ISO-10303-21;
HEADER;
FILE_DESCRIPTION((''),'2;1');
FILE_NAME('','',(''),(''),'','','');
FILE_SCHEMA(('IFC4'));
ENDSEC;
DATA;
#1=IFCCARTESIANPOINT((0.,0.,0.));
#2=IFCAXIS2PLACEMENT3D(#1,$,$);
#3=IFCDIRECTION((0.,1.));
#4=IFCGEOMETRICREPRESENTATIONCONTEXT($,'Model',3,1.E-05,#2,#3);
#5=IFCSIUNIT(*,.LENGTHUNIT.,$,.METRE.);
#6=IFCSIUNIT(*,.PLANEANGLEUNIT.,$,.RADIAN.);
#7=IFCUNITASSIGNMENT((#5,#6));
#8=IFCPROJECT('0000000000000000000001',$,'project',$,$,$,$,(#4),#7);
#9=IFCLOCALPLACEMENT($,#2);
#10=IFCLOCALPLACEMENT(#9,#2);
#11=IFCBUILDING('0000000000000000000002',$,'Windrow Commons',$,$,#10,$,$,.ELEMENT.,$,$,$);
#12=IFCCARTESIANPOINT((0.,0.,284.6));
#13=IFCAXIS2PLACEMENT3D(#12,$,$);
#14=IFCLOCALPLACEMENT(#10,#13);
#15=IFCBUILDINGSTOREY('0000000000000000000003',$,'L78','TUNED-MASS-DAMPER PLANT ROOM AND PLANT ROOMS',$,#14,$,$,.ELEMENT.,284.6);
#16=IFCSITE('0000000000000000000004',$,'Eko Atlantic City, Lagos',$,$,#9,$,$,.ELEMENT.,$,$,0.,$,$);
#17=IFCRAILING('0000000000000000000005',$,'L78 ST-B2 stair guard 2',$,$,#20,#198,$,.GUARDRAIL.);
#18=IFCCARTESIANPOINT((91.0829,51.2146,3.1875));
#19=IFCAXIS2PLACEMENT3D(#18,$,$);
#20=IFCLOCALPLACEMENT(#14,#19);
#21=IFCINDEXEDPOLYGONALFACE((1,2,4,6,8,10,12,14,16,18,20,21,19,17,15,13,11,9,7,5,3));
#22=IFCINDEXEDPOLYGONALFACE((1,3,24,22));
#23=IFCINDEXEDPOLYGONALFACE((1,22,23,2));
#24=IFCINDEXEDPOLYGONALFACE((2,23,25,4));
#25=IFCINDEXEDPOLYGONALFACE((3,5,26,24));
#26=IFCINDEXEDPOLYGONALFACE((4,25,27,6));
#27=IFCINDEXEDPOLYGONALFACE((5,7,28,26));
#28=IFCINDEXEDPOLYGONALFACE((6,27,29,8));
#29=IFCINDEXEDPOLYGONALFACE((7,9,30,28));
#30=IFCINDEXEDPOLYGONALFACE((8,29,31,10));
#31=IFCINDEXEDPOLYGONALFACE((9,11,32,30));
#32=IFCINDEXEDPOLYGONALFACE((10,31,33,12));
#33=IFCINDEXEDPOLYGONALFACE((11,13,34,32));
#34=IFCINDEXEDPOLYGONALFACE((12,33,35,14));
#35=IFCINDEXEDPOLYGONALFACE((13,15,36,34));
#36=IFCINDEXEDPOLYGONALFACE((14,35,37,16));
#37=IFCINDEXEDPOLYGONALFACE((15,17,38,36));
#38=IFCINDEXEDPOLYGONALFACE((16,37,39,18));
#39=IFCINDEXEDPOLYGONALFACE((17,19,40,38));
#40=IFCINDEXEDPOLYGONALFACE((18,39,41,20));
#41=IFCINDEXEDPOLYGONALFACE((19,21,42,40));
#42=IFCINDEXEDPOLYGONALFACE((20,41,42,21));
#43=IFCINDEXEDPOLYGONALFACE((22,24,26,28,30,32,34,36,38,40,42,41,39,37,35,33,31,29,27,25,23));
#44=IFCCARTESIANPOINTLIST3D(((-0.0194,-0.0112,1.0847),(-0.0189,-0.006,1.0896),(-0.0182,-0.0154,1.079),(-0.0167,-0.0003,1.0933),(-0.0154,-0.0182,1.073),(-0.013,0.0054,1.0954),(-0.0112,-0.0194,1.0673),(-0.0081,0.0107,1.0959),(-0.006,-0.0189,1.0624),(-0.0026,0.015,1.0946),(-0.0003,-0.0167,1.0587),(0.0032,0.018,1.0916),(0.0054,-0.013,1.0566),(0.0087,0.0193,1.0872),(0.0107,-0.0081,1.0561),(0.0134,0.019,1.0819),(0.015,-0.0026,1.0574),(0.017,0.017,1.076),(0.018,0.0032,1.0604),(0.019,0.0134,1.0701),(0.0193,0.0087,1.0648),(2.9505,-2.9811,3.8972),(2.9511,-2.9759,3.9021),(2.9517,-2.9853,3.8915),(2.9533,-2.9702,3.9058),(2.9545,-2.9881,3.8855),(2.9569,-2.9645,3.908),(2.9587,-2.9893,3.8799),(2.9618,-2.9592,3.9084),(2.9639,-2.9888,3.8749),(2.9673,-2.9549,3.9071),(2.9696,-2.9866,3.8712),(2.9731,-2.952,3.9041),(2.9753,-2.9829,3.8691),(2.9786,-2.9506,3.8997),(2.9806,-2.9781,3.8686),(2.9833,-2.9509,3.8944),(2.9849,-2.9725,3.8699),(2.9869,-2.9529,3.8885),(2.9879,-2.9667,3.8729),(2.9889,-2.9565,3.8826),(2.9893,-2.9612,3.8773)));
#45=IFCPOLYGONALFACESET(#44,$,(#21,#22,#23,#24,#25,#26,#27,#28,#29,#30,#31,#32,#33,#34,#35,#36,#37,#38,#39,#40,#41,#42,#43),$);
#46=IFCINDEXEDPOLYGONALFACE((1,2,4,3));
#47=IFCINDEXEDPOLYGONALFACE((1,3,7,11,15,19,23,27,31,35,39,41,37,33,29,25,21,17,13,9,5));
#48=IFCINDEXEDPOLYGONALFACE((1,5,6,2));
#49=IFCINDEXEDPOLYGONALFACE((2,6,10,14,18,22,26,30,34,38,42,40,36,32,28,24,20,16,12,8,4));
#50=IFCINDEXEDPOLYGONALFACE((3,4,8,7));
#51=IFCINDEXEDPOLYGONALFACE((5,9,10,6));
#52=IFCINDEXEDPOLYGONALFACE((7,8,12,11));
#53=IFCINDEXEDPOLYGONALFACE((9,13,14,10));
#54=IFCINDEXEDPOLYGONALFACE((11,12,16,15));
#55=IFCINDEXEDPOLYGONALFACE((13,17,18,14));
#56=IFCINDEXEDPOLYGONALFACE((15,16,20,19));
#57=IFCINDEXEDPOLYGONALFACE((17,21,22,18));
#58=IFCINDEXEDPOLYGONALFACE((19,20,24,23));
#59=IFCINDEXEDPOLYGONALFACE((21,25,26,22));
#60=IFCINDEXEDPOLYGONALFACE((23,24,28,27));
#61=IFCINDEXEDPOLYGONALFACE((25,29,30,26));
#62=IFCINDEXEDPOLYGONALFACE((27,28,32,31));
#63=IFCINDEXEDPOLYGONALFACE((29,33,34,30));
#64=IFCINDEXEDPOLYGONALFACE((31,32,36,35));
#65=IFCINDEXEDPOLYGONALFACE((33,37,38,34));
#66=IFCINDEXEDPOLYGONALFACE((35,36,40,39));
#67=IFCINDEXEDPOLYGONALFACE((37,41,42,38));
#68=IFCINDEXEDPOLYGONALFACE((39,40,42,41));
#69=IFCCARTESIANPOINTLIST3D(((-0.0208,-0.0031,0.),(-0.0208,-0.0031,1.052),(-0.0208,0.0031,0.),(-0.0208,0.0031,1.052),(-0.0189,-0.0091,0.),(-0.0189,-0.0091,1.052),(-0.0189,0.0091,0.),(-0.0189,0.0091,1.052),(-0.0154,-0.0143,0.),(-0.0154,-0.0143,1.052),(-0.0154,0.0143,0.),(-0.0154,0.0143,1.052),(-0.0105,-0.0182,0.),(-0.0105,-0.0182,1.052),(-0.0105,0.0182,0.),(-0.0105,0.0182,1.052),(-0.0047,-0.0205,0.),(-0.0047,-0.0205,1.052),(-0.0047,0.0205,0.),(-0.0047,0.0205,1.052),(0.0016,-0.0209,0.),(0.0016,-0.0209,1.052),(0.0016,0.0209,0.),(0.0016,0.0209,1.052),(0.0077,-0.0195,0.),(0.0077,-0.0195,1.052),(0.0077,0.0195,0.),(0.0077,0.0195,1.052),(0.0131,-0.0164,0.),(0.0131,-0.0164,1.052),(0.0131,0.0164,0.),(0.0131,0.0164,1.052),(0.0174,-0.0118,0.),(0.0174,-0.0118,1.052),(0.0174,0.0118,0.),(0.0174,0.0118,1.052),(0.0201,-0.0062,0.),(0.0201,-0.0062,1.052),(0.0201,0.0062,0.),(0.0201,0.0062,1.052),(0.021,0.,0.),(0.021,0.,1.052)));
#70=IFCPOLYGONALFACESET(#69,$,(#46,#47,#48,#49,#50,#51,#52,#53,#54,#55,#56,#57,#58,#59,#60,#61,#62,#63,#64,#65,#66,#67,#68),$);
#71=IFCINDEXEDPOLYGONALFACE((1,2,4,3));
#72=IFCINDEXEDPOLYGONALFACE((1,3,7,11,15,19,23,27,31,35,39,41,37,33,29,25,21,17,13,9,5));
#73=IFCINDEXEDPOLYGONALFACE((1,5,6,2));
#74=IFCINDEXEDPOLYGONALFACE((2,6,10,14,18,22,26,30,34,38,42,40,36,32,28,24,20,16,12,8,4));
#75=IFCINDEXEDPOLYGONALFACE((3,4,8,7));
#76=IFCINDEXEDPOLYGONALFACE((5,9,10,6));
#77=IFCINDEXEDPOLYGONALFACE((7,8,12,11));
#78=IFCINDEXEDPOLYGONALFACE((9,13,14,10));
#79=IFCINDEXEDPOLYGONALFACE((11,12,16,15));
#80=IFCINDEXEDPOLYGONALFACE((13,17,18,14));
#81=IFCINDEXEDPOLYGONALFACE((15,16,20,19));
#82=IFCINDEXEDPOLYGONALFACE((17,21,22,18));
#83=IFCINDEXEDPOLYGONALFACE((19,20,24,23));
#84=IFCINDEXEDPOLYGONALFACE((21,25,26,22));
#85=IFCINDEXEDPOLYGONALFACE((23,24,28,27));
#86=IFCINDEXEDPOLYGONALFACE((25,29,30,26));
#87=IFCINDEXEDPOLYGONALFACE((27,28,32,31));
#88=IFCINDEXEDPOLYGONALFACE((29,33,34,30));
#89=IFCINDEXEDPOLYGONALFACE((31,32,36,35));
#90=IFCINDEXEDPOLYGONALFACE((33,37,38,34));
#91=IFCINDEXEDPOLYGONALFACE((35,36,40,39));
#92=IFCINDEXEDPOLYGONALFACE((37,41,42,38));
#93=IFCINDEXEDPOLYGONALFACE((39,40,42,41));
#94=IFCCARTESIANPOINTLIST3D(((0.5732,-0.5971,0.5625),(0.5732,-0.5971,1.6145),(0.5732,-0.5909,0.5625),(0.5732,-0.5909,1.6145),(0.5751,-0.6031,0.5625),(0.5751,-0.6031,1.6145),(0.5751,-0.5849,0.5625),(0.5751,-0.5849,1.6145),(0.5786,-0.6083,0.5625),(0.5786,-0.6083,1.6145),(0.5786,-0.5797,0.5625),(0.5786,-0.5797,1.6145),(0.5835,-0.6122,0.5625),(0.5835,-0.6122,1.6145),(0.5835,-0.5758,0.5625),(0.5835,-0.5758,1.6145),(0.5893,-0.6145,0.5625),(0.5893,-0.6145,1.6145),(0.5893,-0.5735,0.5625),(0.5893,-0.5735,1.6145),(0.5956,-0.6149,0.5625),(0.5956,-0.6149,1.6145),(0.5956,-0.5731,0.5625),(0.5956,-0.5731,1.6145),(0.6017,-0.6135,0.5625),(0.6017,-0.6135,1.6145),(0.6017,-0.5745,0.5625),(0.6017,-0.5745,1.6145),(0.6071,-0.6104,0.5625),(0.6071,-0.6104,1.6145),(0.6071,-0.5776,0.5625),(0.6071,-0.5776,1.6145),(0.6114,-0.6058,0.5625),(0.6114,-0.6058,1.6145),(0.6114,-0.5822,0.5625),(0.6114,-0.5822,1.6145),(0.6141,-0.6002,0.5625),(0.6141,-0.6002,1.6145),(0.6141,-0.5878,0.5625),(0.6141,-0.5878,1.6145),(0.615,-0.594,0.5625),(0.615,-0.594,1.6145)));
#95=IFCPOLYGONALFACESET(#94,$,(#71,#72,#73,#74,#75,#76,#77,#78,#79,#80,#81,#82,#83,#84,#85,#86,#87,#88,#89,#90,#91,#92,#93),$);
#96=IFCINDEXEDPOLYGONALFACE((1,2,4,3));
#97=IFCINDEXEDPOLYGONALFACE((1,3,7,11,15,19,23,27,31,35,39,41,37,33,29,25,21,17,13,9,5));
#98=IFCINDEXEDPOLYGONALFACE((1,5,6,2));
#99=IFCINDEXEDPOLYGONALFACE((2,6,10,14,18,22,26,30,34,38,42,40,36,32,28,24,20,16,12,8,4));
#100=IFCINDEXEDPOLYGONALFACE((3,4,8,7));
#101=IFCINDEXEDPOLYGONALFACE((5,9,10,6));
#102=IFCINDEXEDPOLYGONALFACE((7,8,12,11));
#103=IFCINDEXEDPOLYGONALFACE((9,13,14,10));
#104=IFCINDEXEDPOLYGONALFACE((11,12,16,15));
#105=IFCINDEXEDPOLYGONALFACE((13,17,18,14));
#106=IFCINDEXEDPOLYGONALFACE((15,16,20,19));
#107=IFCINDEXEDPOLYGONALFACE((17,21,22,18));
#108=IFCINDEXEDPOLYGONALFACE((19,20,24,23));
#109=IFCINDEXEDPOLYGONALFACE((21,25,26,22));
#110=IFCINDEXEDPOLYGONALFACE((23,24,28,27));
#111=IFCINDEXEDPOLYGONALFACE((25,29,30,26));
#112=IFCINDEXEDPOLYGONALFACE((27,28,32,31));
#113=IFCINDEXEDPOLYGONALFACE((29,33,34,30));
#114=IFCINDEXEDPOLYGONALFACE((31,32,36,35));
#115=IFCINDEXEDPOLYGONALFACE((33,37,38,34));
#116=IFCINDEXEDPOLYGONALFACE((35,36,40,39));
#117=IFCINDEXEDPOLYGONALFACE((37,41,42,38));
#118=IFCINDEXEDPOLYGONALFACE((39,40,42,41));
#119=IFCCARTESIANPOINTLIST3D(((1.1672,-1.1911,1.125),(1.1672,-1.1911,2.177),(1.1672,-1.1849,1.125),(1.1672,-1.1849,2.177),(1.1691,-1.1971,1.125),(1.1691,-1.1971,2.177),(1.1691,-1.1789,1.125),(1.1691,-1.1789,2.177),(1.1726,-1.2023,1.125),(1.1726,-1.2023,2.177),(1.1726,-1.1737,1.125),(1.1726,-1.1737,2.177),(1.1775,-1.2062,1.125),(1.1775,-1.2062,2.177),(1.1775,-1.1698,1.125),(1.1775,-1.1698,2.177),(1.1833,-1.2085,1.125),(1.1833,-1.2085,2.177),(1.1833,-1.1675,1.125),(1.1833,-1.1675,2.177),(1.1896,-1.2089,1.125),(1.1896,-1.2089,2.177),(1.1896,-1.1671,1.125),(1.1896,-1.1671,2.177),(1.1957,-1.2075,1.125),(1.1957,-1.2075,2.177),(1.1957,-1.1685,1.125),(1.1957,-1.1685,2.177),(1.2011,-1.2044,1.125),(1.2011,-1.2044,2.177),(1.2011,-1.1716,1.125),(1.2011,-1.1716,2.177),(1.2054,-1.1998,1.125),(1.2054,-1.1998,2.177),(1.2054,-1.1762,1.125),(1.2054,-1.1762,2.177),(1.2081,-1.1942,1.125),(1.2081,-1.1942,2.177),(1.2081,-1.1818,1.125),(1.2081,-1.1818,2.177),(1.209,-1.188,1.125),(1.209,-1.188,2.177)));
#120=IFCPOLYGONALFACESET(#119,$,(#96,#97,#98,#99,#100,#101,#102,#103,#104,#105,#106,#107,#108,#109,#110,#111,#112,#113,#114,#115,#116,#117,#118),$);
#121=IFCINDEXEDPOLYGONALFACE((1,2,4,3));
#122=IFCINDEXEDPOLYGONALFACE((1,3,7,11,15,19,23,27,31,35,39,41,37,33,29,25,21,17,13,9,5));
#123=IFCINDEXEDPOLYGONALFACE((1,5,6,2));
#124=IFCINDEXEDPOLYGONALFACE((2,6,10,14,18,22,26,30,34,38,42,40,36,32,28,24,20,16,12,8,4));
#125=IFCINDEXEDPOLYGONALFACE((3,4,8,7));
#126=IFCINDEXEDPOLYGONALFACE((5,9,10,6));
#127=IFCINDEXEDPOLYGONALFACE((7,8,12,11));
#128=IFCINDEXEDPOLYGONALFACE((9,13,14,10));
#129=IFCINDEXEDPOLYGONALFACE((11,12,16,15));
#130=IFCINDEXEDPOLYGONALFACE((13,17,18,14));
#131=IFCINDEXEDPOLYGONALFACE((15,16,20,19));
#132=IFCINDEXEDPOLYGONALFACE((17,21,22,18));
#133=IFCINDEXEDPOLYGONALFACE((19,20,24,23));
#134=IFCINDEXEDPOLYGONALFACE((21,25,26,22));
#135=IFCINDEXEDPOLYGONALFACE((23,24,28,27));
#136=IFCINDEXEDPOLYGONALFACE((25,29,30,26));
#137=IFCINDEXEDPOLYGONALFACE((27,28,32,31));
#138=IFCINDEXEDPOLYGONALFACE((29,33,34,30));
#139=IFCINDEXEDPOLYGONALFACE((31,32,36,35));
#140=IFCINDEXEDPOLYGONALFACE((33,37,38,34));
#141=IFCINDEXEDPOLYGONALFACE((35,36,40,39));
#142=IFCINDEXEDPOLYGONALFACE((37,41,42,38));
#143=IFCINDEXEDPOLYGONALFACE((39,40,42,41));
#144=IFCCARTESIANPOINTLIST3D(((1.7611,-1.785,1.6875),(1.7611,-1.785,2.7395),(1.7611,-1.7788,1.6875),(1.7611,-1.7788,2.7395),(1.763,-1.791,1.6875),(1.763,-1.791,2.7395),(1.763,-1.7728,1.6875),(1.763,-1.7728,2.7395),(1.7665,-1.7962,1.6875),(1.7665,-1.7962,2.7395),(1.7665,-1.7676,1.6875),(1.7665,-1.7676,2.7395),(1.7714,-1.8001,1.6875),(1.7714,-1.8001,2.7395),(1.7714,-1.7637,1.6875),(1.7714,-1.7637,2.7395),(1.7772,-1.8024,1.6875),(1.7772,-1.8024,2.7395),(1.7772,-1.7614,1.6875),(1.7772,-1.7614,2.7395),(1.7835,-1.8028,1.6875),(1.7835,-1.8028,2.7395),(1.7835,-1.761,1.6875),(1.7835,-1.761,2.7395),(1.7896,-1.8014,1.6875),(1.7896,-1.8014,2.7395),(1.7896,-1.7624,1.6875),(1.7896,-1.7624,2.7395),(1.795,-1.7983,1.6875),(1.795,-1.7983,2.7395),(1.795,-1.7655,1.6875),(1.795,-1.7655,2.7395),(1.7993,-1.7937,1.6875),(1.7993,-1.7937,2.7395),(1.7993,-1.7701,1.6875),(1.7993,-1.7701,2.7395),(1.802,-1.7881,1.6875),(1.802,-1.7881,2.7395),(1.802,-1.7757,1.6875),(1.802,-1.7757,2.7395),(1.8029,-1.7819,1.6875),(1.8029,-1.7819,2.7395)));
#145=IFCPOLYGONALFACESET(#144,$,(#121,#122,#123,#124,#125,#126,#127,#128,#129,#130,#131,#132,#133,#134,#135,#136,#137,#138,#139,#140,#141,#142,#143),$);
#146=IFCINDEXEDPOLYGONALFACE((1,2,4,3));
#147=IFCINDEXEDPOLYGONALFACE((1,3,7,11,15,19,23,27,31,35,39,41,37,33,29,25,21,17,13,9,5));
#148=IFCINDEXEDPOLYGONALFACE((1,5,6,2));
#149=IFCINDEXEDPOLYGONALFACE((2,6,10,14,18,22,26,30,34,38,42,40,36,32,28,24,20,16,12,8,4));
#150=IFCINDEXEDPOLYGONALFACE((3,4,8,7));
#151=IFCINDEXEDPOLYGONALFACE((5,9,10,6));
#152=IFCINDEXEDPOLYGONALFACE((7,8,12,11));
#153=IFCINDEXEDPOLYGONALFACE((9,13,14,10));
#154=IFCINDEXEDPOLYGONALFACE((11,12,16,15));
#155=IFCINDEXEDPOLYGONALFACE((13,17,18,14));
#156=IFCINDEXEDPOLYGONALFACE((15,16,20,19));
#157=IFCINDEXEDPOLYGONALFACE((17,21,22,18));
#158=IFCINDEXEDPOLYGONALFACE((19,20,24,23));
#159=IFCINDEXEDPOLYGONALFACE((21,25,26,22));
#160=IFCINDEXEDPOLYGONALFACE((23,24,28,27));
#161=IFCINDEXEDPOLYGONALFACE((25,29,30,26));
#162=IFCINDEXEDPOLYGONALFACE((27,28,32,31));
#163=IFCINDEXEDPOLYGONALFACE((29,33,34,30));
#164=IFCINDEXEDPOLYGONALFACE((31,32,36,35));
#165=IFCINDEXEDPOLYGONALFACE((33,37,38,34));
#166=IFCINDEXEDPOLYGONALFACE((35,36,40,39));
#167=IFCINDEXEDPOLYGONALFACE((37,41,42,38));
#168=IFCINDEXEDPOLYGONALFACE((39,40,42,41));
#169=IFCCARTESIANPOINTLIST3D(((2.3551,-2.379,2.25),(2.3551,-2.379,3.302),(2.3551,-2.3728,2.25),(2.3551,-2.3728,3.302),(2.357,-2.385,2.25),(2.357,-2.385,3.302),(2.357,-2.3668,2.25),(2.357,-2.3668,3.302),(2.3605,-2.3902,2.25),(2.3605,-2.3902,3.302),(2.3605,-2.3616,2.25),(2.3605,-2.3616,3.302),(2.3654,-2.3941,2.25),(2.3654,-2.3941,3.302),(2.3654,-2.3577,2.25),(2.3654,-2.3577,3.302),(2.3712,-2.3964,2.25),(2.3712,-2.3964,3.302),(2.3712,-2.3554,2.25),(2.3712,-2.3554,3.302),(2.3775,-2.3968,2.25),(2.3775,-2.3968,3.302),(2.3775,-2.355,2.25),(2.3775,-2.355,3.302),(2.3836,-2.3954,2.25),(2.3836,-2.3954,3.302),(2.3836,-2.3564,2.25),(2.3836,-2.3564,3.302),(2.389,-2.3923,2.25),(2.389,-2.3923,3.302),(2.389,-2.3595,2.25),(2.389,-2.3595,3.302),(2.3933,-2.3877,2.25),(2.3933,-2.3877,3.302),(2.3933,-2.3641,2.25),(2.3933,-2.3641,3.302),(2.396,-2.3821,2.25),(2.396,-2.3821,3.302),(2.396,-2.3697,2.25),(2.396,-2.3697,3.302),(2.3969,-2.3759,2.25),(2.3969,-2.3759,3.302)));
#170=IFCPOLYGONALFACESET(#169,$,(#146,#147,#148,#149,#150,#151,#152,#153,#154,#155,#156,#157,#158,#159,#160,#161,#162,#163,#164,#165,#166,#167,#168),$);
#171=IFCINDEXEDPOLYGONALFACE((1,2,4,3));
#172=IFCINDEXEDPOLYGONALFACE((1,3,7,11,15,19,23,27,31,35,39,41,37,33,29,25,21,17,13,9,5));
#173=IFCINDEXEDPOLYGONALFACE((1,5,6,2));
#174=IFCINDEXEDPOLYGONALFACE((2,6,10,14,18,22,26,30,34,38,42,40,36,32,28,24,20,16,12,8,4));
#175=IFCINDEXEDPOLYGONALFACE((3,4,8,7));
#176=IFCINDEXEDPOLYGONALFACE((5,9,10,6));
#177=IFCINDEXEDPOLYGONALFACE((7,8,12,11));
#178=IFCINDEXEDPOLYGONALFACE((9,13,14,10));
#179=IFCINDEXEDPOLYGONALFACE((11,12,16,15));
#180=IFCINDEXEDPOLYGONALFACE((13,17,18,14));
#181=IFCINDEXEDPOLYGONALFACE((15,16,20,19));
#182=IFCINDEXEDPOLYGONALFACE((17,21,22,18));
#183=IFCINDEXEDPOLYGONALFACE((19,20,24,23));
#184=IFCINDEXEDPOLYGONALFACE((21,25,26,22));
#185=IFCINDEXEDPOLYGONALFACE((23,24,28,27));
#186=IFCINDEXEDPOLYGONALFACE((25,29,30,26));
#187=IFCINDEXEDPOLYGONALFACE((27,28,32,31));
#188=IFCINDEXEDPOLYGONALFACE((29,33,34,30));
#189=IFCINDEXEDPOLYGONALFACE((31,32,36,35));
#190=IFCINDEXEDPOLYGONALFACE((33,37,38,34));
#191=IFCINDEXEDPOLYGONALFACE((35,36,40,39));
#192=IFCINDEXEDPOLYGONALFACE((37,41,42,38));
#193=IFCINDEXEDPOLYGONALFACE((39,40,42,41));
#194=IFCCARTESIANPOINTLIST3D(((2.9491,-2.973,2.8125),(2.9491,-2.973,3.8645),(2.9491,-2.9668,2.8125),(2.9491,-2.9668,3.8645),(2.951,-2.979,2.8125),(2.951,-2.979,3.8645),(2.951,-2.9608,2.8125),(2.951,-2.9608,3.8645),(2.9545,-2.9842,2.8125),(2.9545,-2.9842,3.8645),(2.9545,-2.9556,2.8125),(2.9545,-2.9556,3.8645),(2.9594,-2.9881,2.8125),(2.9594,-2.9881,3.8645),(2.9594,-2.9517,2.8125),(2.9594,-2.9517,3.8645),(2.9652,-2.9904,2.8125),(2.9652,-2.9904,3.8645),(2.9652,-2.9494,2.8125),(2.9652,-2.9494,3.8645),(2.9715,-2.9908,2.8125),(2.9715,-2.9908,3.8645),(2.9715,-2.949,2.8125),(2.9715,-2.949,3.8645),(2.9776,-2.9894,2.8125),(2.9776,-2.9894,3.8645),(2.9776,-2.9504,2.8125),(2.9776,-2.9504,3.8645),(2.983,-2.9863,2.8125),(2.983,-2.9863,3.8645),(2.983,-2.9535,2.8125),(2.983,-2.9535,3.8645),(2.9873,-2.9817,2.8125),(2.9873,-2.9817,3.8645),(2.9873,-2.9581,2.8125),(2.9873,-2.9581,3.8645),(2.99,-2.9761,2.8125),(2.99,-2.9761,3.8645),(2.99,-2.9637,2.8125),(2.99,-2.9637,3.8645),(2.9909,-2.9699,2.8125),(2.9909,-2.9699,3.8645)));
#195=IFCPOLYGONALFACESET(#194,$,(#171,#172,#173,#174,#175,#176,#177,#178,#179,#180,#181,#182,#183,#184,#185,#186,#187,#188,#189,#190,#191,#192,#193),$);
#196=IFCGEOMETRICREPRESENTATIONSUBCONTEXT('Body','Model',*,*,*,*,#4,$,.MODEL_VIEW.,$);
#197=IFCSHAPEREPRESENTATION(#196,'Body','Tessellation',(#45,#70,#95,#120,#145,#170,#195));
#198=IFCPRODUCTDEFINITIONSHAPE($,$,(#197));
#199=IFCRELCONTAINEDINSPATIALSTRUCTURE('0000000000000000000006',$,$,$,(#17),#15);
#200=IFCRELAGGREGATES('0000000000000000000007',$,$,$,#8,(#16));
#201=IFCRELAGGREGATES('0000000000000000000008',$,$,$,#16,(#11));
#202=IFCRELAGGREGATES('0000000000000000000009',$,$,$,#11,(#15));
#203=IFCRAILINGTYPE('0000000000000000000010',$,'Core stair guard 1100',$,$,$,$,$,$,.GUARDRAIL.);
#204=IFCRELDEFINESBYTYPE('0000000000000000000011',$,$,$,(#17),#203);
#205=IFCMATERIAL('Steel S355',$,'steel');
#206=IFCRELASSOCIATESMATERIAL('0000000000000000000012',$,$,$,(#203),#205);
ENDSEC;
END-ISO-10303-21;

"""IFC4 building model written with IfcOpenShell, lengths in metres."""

from ifc_helpers import new_model, si_unit, direction, frame, origin, origin_2d, place, context, subcontext, project, spatial, circle, extrude, material, type_object, element, save


model = new_model("IFC4")

# Units and contexts
model_context = context("Model", 3, precision=1e-05, world=origin(), true_north=direction((0.0, 1.0)))
body_context = subcontext(model_context, "Body", "Model", "MODEL_VIEW")
ifc_project = project(units=[si_unit("LENGTHUNIT", "METRE"), si_unit("PLANEANGLEUNIT", "RADIAN")], contexts=[model_context])

# Site, building, storey
site_placement = place(None, origin())
site = spatial("IfcSite", under=ifc_project, at=site_placement, Name="Eko Atlantic City, Lagos", CompositionType="ELEMENT", RefElevation=0.0)
building_placement = place(site_placement, origin())
building = spatial("IfcBuilding", under=site, at=building_placement, Name="Windrow Commons", CompositionType="ELEMENT")
storey_placement = place(building_placement, frame((0.0, 0.0, 284.6)))
storey = spatial("IfcBuildingStorey", under=building, at=storey_placement, Name="L78", Description="TUNED-MASS-DAMPER PLANT ROOM AND PLANT ROOMS", CompositionType="ELEMENT", Elevation=284.6)

# Railing
ifc_material_1 = material(Name="Steel S355", Category="steel")
railing_type_1 = type_object("IfcRailingType", Name="Core stair guard 1100", PredefinedType="GUARDRAIL", material=ifc_material_1)
railing_1_placement = place(storey_placement, frame((91.0829, 51.2146, 3.1875)))
element("IfcRailing", 1, at=railing_1_placement, inside=storey, type_object=railing_type_1, Name="L78 ST-B2 stair guard 2", PredefinedType="GUARDRAIL", context=body_context, shape_type="SweptSolid", body=[
    extrude(circle(Radius=0.024, at=origin_2d()), frame((0.0, 0.0, 1.076), z_axis=(0.587543, -0.587543, 0.556404), x_axis=(0.707107, 0.707107, 0.0)), (0.0, 0.0, 1.0), 5.0548),
    extrude(circle(Radius=0.021, at=origin_2d()), origin(), (0.0, 0.0, 1.0), 1.052),
    extrude(circle(Radius=0.021, at=origin_2d()), frame((0.594, -0.594, 0.5625)), (0.0, 0.0, 1.0), 1.052),
    extrude(circle(Radius=0.021, at=origin_2d()), frame((1.188, -1.188, 1.125)), (0.0, 0.0, 1.0), 1.052),
    extrude(circle(Radius=0.021, at=origin_2d()), frame((1.7819, -1.7819, 1.6875)), (0.0, 0.0, 1.0), 1.052),
    extrude(circle(Radius=0.021, at=origin_2d()), frame((2.3759, -2.3759, 2.25)), (0.0, 0.0, 1.0), 1.052),
    extrude(circle(Radius=0.021, at=origin_2d()), frame((2.9699, -2.9699, 2.8125)), (0.0, 0.0, 1.0), 1.052),
])

save(model, "model.ifc")
